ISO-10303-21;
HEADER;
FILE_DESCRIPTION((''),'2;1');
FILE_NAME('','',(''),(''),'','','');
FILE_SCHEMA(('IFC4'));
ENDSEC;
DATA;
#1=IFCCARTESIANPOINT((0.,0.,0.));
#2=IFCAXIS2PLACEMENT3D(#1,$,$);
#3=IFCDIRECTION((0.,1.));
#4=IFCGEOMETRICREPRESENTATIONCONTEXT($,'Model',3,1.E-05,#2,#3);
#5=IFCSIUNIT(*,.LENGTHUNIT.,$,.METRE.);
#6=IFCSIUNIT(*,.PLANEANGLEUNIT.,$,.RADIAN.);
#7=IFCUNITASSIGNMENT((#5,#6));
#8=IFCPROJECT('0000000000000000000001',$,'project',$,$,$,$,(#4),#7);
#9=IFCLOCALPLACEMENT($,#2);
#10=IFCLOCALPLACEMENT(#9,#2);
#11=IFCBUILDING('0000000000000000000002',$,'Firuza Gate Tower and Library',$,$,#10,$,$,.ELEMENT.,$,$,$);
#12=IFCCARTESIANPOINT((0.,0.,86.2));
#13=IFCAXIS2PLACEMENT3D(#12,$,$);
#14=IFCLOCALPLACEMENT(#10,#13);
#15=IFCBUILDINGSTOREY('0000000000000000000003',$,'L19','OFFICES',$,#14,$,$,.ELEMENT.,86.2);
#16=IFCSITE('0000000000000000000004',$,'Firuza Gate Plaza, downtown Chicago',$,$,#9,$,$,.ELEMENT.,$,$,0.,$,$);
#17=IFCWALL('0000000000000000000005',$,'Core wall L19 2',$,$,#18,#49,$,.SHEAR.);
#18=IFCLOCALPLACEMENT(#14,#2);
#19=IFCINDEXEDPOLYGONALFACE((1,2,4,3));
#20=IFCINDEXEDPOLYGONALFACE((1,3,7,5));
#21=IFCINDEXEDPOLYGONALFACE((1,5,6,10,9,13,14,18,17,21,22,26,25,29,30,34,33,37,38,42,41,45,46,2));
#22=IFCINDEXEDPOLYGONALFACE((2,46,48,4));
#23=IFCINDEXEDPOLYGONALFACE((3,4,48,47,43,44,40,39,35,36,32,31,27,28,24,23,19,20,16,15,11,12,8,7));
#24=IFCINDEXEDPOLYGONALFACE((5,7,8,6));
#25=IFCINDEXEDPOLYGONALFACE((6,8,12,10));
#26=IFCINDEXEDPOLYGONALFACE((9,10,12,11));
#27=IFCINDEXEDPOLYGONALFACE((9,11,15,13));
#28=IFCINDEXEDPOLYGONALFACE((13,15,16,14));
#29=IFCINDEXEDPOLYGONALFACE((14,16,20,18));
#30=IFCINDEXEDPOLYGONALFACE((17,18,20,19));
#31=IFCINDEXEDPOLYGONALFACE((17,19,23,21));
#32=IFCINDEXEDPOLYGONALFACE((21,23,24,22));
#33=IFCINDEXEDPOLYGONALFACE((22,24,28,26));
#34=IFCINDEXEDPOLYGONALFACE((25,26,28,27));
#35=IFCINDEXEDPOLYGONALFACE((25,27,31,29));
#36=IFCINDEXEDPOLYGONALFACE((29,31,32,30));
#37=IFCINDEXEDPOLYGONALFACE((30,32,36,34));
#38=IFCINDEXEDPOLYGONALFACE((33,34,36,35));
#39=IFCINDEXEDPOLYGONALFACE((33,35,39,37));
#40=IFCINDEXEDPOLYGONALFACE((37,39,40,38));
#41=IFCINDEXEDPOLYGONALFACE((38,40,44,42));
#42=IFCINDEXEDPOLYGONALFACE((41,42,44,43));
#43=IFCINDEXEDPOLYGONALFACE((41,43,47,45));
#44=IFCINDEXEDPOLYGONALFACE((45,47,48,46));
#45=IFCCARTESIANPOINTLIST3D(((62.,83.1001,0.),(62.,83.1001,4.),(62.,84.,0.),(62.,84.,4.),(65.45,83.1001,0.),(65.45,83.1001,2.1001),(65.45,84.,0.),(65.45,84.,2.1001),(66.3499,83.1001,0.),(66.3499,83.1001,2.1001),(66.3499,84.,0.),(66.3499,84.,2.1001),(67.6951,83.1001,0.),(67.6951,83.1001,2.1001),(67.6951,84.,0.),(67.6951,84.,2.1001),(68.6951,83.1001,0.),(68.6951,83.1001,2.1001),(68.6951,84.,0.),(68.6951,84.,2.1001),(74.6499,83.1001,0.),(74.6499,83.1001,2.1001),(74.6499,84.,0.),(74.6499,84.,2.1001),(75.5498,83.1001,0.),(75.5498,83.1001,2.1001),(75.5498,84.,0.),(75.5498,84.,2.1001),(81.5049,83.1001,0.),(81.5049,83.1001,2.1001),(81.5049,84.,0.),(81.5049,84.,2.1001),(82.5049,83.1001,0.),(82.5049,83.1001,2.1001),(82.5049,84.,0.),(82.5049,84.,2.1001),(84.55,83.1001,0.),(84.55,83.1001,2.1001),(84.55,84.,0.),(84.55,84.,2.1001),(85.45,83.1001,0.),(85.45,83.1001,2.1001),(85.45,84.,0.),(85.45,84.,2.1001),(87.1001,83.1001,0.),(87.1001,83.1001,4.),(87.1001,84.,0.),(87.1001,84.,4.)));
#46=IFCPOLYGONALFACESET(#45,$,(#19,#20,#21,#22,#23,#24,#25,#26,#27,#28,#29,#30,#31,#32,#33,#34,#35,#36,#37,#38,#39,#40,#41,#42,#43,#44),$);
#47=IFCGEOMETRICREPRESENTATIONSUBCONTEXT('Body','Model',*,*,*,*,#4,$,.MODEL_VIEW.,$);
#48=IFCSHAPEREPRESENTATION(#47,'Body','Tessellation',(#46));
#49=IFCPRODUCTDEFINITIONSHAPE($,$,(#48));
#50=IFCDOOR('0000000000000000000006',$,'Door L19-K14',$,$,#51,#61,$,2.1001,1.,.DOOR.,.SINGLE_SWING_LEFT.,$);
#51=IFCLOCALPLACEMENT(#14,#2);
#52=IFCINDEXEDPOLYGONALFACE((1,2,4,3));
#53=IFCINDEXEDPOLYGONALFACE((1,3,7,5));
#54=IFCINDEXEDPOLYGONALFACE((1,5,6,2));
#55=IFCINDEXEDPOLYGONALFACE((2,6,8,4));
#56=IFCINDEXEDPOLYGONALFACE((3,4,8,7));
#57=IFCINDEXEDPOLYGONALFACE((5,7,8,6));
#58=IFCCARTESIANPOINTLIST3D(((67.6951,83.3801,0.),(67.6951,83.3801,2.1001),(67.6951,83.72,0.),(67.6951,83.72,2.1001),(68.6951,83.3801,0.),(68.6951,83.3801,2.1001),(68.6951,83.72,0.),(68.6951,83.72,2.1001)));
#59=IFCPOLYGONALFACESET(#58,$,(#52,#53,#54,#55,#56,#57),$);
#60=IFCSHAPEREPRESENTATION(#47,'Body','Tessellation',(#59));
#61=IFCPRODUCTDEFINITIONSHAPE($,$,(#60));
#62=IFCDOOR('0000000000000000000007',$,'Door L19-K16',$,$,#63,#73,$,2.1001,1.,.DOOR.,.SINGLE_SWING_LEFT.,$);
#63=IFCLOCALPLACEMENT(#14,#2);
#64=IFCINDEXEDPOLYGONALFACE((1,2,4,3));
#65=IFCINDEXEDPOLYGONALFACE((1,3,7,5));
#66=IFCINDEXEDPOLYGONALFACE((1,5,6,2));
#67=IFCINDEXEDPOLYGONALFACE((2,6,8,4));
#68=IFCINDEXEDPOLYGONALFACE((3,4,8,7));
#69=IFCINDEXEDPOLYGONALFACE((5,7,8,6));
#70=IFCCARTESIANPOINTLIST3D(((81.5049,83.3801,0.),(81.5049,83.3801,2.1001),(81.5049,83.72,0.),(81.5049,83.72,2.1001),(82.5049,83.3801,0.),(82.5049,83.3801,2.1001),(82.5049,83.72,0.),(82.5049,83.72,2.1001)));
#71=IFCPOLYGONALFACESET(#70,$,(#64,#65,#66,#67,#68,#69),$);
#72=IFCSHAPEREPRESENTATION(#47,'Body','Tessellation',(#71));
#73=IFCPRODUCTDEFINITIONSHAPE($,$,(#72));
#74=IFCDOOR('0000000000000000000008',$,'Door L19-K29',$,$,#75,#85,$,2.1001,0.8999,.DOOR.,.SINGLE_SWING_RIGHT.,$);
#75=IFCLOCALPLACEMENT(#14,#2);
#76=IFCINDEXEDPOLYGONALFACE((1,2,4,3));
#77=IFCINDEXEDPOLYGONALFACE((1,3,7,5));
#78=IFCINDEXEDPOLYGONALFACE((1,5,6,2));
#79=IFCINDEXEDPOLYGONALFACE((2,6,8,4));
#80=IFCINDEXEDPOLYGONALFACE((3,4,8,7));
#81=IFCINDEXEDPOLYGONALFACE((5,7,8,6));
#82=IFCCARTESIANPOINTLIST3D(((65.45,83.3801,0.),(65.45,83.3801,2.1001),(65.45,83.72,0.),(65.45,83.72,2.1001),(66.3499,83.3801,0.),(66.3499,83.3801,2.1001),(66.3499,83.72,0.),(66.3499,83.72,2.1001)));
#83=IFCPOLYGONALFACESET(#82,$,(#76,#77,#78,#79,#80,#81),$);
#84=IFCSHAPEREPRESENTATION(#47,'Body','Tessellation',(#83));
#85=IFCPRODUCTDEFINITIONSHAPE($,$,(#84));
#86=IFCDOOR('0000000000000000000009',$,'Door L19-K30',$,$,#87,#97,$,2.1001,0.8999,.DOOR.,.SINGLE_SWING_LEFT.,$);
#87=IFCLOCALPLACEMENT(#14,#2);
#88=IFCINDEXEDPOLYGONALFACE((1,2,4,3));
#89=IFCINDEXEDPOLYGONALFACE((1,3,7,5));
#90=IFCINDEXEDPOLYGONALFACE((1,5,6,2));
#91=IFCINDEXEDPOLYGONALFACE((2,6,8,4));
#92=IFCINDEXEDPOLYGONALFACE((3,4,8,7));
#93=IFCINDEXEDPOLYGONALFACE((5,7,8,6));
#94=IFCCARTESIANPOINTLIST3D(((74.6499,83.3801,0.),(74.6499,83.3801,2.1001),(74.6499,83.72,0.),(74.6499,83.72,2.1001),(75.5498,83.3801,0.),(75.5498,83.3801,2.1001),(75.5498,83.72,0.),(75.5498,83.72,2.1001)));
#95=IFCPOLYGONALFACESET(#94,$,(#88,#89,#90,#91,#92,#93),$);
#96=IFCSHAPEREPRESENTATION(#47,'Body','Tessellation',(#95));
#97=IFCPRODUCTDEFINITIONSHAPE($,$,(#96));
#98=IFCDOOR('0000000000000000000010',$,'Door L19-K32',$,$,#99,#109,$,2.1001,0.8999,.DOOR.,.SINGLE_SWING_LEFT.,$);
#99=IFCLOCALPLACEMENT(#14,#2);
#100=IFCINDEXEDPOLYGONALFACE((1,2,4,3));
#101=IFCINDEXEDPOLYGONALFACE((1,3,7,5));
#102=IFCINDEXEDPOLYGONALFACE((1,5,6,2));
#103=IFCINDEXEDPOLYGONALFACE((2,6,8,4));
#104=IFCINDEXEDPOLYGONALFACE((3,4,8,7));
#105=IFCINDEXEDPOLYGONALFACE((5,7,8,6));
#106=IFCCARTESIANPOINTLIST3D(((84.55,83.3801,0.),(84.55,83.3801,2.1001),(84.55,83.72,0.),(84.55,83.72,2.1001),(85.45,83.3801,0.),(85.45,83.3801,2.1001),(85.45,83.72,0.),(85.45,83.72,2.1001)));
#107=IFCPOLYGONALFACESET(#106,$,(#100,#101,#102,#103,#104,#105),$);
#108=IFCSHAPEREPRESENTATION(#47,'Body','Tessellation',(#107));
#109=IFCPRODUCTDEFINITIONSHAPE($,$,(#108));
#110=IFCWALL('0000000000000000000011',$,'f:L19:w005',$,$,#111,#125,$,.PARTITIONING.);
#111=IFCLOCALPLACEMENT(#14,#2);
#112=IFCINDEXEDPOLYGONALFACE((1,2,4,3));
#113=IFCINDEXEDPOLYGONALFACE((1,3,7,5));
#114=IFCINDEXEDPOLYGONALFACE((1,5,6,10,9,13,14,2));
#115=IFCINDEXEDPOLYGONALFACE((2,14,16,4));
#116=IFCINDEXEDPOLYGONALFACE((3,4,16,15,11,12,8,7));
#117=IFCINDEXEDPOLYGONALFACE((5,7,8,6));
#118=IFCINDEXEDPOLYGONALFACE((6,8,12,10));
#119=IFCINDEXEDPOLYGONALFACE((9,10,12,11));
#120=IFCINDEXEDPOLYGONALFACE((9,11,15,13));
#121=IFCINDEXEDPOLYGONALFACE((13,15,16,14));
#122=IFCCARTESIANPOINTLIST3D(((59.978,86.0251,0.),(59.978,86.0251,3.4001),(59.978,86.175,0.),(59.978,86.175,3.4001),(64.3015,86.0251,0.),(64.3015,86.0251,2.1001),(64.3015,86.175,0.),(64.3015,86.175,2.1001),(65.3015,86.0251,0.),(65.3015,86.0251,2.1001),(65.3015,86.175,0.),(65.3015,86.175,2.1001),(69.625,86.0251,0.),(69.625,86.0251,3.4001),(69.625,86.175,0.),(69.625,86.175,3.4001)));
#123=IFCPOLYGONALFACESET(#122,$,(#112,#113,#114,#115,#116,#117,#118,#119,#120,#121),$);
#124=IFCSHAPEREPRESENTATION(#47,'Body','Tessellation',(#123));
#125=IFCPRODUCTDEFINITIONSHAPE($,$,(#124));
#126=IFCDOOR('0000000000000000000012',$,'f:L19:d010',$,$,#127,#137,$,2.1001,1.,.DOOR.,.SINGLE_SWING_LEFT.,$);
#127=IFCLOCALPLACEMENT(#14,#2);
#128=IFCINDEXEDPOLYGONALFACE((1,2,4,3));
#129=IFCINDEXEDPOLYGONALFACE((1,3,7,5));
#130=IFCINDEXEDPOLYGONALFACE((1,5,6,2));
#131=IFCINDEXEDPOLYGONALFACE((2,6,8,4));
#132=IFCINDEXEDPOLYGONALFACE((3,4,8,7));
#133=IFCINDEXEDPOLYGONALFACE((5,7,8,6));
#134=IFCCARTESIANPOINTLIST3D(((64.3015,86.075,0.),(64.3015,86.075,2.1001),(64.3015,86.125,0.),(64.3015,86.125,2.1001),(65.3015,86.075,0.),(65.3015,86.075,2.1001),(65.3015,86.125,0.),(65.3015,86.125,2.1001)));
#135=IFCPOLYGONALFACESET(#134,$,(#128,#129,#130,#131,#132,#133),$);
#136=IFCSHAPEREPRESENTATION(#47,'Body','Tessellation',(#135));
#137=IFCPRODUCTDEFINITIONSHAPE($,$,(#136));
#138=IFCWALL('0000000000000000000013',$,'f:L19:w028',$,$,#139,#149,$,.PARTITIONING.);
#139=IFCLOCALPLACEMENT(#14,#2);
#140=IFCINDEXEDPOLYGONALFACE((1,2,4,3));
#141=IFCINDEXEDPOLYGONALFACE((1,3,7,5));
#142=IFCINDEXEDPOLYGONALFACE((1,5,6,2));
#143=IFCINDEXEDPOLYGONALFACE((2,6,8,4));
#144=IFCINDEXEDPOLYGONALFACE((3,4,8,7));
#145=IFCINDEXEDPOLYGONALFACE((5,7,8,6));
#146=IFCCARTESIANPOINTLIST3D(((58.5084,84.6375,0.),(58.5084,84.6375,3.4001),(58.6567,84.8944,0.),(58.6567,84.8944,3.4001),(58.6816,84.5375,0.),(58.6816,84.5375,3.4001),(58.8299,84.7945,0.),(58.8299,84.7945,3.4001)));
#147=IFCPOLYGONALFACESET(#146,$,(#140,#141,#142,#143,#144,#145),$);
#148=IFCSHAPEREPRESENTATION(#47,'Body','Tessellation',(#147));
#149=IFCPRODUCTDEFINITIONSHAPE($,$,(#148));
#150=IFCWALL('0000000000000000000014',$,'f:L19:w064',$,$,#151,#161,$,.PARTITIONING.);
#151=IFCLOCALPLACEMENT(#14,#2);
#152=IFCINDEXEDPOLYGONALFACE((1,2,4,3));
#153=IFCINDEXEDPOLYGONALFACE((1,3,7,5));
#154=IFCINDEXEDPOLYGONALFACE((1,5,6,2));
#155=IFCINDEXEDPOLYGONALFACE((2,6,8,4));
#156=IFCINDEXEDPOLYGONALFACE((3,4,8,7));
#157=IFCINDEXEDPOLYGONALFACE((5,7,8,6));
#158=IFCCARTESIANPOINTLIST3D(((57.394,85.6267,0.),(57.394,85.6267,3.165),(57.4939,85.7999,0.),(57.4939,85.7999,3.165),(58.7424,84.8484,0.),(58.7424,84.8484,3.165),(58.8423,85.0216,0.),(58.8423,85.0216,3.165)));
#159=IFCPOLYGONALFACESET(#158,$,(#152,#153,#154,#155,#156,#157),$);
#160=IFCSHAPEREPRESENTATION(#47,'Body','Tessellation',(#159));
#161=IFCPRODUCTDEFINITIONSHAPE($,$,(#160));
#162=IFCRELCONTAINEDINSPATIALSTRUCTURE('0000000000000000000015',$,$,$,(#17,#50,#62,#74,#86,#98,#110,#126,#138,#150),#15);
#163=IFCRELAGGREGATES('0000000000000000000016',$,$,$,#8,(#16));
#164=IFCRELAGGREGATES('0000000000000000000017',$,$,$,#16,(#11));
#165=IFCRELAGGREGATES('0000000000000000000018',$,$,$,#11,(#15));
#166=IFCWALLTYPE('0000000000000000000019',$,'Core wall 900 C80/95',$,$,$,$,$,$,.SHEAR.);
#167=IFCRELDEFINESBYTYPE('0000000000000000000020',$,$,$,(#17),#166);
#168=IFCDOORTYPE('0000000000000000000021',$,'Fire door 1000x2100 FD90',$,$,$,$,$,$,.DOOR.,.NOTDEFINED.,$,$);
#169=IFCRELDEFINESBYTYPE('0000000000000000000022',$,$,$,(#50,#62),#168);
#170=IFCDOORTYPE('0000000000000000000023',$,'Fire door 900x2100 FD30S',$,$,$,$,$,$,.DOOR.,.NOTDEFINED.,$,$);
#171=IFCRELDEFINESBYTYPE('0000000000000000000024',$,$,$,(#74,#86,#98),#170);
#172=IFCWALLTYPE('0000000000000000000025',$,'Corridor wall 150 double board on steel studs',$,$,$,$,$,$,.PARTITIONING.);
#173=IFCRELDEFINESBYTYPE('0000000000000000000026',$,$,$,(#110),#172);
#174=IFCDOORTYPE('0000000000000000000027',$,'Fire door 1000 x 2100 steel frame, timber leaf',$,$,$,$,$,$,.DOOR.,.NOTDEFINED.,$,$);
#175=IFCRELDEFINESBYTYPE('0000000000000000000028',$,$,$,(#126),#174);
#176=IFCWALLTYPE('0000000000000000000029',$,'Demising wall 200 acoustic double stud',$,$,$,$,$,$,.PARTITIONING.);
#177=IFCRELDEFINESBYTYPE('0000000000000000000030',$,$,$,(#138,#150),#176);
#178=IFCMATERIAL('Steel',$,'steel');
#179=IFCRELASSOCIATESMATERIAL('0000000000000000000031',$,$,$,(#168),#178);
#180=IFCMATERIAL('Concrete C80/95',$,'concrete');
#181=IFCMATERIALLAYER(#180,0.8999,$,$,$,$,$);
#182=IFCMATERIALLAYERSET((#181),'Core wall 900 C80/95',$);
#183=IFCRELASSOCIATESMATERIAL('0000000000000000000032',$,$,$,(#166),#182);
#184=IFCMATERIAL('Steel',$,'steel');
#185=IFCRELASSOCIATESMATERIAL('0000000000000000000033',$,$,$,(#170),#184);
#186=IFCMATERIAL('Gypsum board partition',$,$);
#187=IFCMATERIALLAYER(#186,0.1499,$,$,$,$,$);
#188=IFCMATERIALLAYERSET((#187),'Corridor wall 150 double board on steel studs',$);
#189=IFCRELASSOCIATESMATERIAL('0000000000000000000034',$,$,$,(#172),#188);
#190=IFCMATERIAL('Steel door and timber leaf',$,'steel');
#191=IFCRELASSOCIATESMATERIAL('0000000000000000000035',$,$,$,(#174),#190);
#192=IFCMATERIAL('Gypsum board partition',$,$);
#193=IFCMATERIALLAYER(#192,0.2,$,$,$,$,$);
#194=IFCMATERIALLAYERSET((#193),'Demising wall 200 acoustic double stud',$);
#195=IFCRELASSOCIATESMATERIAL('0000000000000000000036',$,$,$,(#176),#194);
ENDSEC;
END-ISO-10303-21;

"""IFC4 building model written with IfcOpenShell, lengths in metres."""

from ifc_helpers import new_model, si_unit, direction, frame, frame_2d, origin, place, context, subcontext, project, spatial, rectangle, extrude, material, layer, layer_set, type_object, element, fill, save


model = new_model("IFC4")

# Units and contexts
model_context = context("Model", 3, precision=1e-05, world=origin(), true_north=direction((0.0, 1.0)))
body_context = subcontext(model_context, "Body", "Model", "MODEL_VIEW")
ifc_project = project(units=[si_unit("LENGTHUNIT", "METRE"), si_unit("PLANEANGLEUNIT", "RADIAN")], contexts=[model_context])

# Site, building, storey
site_placement = place(None, origin())
site = spatial("IfcSite", under=ifc_project, at=site_placement, Name="Firuza Gate Plaza, downtown Chicago", CompositionType="ELEMENT", RefElevation=0.0)
building_placement = place(site_placement, origin())
building = spatial("IfcBuilding", under=site, at=building_placement, Name="Firuza Gate Tower and Library", CompositionType="ELEMENT")
storey_placement = place(building_placement, frame((0.0, 0.0, 86.2)))
storey = spatial("IfcBuildingStorey", under=building, at=storey_placement, Name="L19", Description="OFFICES", CompositionType="ELEMENT", Elevation=86.2)

# Shared definitions
ifc_material_1 = material(Name="Steel", Category="steel")
door_type_1 = type_object("IfcDoorType", Name="Fire door 1000x2100 FD90", OperationType="NOTDEFINED", PredefinedType="DOOR", material=ifc_material_1)

# Wall, openings, doors
ifc_material_2 = material(Name="Concrete C80/95", Category="concrete")
ifc_layer_1 = layer(ifc_material_2, 0.8999)
ifc_layer_set_1 = layer_set([ifc_layer_1], Name="Core wall 900 C80/95")
wall_type_1 = type_object("IfcWallType", Name="Core wall 900 C80/95", PredefinedType="SHEAR", material=ifc_layer_set_1)
wall_1_placement = place(storey_placement, frame((62.0, 83.55, 0.0), z_axis=(0.0, 0.0, 1.0), x_axis=(1.0, 0.0, 0.0)))
wall_1 = element("IfcWall", 1, at=wall_1_placement, inside=storey, type_object=wall_type_1, Name="Core wall L19 2", PredefinedType="SHEAR", context=body_context, shape_type="SweptSolid", body=[
    extrude(rectangle(XDim=25.1001, YDim=0.8999, at=frame_2d((12.55, 0.0))), origin(), (0.0, 0.0, 1.0), 4.0),
])
opening_1_placement = place(wall_1_placement, frame((5.6951, 0.0, 0.0)))
opening_1 = element("IfcOpeningElement", 2, at=opening_1_placement, cuts=wall_1, PredefinedType="OPENING", context=body_context, shape_type="SweptSolid", body=[
    extrude(rectangle(XDim=1.0, YDim=2.1001, at=frame_2d((0.5, 1.05))), frame((0.0, 0.46, 0.0), z_axis=(0.0, -1.0, 0.0), x_axis=(1.0, 0.0, 0.0)), (0.0, 0.0, 1.0), 0.9199),
])
opening_2_placement = place(wall_1_placement, frame((19.5049, 0.0, 0.0)))
opening_2 = element("IfcOpeningElement", 3, at=opening_2_placement, cuts=wall_1, PredefinedType="OPENING", context=body_context, shape_type="SweptSolid", body=[
    extrude(rectangle(XDim=1.0, YDim=2.1001, at=frame_2d((0.5, 1.05))), frame((0.0, 0.46, 0.0), z_axis=(0.0, -1.0, 0.0), x_axis=(1.0, 0.0, 0.0)), (0.0, 0.0, 1.0), 0.9199),
])
opening_3_placement = place(wall_1_placement, frame((3.45, 0.0, 0.0)))
opening_3 = element("IfcOpeningElement", 4, at=opening_3_placement, cuts=wall_1, PredefinedType="OPENING", context=body_context, shape_type="SweptSolid", body=[
    extrude(rectangle(XDim=0.8999, YDim=2.1001, at=frame_2d((0.45, 1.05))), frame((0.0, 0.46, 0.0), z_axis=(0.0, -1.0, 0.0), x_axis=(1.0, 0.0, 0.0)), (0.0, 0.0, 1.0), 0.9199),
])
opening_4_placement = place(wall_1_placement, frame((12.6499, 0.0, 0.0)))
opening_4 = element("IfcOpeningElement", 5, at=opening_4_placement, cuts=wall_1, PredefinedType="OPENING", context=body_context, shape_type="SweptSolid", body=[
    extrude(rectangle(XDim=0.8999, YDim=2.1001, at=frame_2d((0.45, 1.05))), frame((0.0, 0.46, 0.0), z_axis=(0.0, -1.0, 0.0), x_axis=(1.0, 0.0, 0.0)), (0.0, 0.0, 1.0), 0.9199),
])
opening_5_placement = place(wall_1_placement, frame((22.55, 0.0, 0.0)))
opening_5 = element("IfcOpeningElement", 6, at=opening_5_placement, cuts=wall_1, PredefinedType="OPENING", context=body_context, shape_type="SweptSolid", body=[
    extrude(rectangle(XDim=0.8999, YDim=2.1001, at=frame_2d((0.45, 1.05))), frame((0.0, 0.46, 0.0), z_axis=(0.0, -1.0, 0.0), x_axis=(1.0, 0.0, 0.0)), (0.0, 0.0, 1.0), 0.9199),
])
door_1_placement = place(opening_1_placement, origin())
door_1 = element("IfcDoor", 7, at=door_1_placement, inside=storey, type_object=door_type_1, Name="Door L19-K14", OperationType="SINGLE_SWING_LEFT", OverallHeight=2.1001, OverallWidth=1.0, PredefinedType="DOOR", context=body_context, shape_type="SweptSolid", body=[
    extrude(rectangle(XDim=1.0, YDim=2.1001, at=frame_2d((0.5, 1.05))), frame((0.0, 0.1699, 0.0), z_axis=(0.0, -1.0, 0.0), x_axis=(1.0, 0.0, 0.0)), (0.0, 0.0, 1.0), 0.3398),
])
fill(opening_1, door_1)
door_2_placement = place(opening_2_placement, origin())
door_2 = element("IfcDoor", 8, at=door_2_placement, inside=storey, type_object=door_type_1, Name="Door L19-K16", OperationType="SINGLE_SWING_LEFT", OverallHeight=2.1001, OverallWidth=1.0, PredefinedType="DOOR", context=body_context, shape_type="SweptSolid", body=[
    extrude(rectangle(XDim=1.0, YDim=2.1001, at=frame_2d((0.5, 1.05))), frame((0.0, 0.1699, 0.0), z_axis=(0.0, -1.0, 0.0), x_axis=(1.0, 0.0, 0.0)), (0.0, 0.0, 1.0), 0.3398),
])
fill(opening_2, door_2)
ifc_material_3 = material(Name="Steel", Category="steel")
door_type_2 = type_object("IfcDoorType", Name="Fire door 900x2100 FD30S", OperationType="NOTDEFINED", PredefinedType="DOOR", material=ifc_material_3)
door_3_placement = place(opening_3_placement, origin())
door_3 = element("IfcDoor", 9, at=door_3_placement, inside=storey, type_object=door_type_2, Name="Door L19-K29", OperationType="SINGLE_SWING_RIGHT", OverallHeight=2.1001, OverallWidth=0.8999, PredefinedType="DOOR", context=body_context, shape_type="SweptSolid", body=[
    extrude(rectangle(XDim=0.8999, YDim=2.1001, at=frame_2d((0.45, 1.05))), frame((0.0, 0.1699, 0.0), z_axis=(0.0, -1.0, 0.0), x_axis=(1.0, 0.0, 0.0)), (0.0, 0.0, 1.0), 0.3398),
])
fill(opening_3, door_3)
door_4_placement = place(opening_4_placement, origin())
door_4 = element("IfcDoor", 10, at=door_4_placement, inside=storey, type_object=door_type_2, Name="Door L19-K30", OperationType="SINGLE_SWING_LEFT", OverallHeight=2.1001, OverallWidth=0.8999, PredefinedType="DOOR", context=body_context, shape_type="SweptSolid", body=[
    extrude(rectangle(XDim=0.8999, YDim=2.1001, at=frame_2d((0.45, 1.05))), frame((0.0, 0.1699, 0.0), z_axis=(0.0, -1.0, 0.0), x_axis=(1.0, 0.0, 0.0)), (0.0, 0.0, 1.0), 0.3398),
])
fill(opening_4, door_4)
door_5_placement = place(opening_5_placement, origin())
door_5 = element("IfcDoor", 11, at=door_5_placement, inside=storey, type_object=door_type_2, Name="Door L19-K32", OperationType="SINGLE_SWING_LEFT", OverallHeight=2.1001, OverallWidth=0.8999, PredefinedType="DOOR", context=body_context, shape_type="SweptSolid", body=[
    extrude(rectangle(XDim=0.8999, YDim=2.1001, at=frame_2d((0.45, 1.05))), frame((0.0, 0.1699, 0.0), z_axis=(0.0, -1.0, 0.0), x_axis=(1.0, 0.0, 0.0)), (0.0, 0.0, 1.0), 0.3398),
])
fill(opening_5, door_5)

# Wall, opening, door
ifc_material_4 = material(Name="Gypsum board partition")
ifc_layer_2 = layer(ifc_material_4, 0.1499)
ifc_layer_set_2 = layer_set([ifc_layer_2], Name="Corridor wall 150 double board on steel studs")
wall_type_2 = type_object("IfcWallType", Name="Corridor wall 150 double board on steel studs", PredefinedType="PARTITIONING", material=ifc_layer_set_2)
wall_2_placement = place(storey_placement, frame((59.978, 86.1001, 0.0), z_axis=(0.0, 0.0, 1.0), x_axis=(1.0, 0.0, 0.0)))
wall_2 = element("IfcWall", 12, at=wall_2_placement, inside=storey, type_object=wall_type_2, Name="f:L19:w005", PredefinedType="PARTITIONING", context=body_context, shape_type="SweptSolid", body=[
    extrude(rectangle(XDim=9.647, YDim=0.1499, at=frame_2d((4.8235, 0.0))), origin(), (0.0, 0.0, 1.0), 3.4001),
])
opening_6_placement = place(wall_2_placement, frame((4.3235, 0.0, 0.0)))
opening_6 = element("IfcOpeningElement", 13, at=opening_6_placement, cuts=wall_2, PredefinedType="OPENING", context=body_context, shape_type="SweptSolid", body=[
    extrude(rectangle(XDim=1.0, YDim=2.1001, at=frame_2d((0.5, 1.05))), frame((0.0, 0.085, 0.0), z_axis=(0.0, -1.0, 0.0), x_axis=(1.0, 0.0, 0.0)), (0.0, 0.0, 1.0), 0.1699),
])
ifc_material_5 = material(Name="Steel door and timber leaf", Category="steel")
door_type_3 = type_object("IfcDoorType", Name="Fire door 1000 x 2100 steel frame, timber leaf", OperationType="NOTDEFINED", PredefinedType="DOOR", material=ifc_material_5)
door_6_placement = place(opening_6_placement, origin())
door_6 = element("IfcDoor", 14, at=door_6_placement, inside=storey, type_object=door_type_3, Name="f:L19:d010", OperationType="SINGLE_SWING_LEFT", OverallHeight=2.1001, OverallWidth=1.0, PredefinedType="DOOR", context=body_context, shape_type="SweptSolid", body=[
    extrude(rectangle(XDim=1.0, YDim=2.1001, at=frame_2d((0.5, 1.05))), frame((0.0, 0.0249, 0.0), z_axis=(0.0, -1.0, 0.0), x_axis=(1.0, 0.0, 0.0)), (0.0, 0.0, 1.0), 0.05),
])
fill(opening_6, door_6)

# Walls
ifc_material_6 = material(Name="Gypsum board partition")
ifc_layer_3 = layer(ifc_material_6, 0.2)
ifc_layer_set_3 = layer_set([ifc_layer_3], Name="Demising wall 200 acoustic double stud")
wall_type_3 = type_object("IfcWallType", Name="Demising wall 200 acoustic double stud", PredefinedType="PARTITIONING", material=ifc_layer_set_3)
wall_3_placement = place(storey_placement, frame((58.595, 84.5874, 0.0), z_axis=(0.0, 0.0, 1.0), x_axis=(0.49977, 0.866158, 0.0)))
element("IfcWall", 15, at=wall_3_placement, inside=storey, type_object=wall_type_3, Name="f:L19:w028", PredefinedType="PARTITIONING", context=body_context, shape_type="SweptSolid", body=[
    extrude(rectangle(XDim=0.2966, YDim=0.2, at=frame_2d((0.1484, 0.0))), origin(), (0.0, 0.0, 1.0), 3.4001),
])
wall_4_placement = place(storey_placement, frame((58.7922, 84.9351, 0.0), z_axis=(0.0, 0.0, 1.0), x_axis=(-0.866073, 0.499917, 0.0)))
element("IfcWall", 16, at=wall_4_placement, inside=storey, type_object=wall_type_3, Name="f:L19:w064", PredefinedType="PARTITIONING", context=body_context, shape_type="SweptSolid", body=[
    extrude(rectangle(XDim=1.5569, YDim=0.2, at=frame_2d((0.7783, 0.0))), origin(), (0.0, 0.0, 1.0), 3.165),
])

save(model, "model.ifc")
